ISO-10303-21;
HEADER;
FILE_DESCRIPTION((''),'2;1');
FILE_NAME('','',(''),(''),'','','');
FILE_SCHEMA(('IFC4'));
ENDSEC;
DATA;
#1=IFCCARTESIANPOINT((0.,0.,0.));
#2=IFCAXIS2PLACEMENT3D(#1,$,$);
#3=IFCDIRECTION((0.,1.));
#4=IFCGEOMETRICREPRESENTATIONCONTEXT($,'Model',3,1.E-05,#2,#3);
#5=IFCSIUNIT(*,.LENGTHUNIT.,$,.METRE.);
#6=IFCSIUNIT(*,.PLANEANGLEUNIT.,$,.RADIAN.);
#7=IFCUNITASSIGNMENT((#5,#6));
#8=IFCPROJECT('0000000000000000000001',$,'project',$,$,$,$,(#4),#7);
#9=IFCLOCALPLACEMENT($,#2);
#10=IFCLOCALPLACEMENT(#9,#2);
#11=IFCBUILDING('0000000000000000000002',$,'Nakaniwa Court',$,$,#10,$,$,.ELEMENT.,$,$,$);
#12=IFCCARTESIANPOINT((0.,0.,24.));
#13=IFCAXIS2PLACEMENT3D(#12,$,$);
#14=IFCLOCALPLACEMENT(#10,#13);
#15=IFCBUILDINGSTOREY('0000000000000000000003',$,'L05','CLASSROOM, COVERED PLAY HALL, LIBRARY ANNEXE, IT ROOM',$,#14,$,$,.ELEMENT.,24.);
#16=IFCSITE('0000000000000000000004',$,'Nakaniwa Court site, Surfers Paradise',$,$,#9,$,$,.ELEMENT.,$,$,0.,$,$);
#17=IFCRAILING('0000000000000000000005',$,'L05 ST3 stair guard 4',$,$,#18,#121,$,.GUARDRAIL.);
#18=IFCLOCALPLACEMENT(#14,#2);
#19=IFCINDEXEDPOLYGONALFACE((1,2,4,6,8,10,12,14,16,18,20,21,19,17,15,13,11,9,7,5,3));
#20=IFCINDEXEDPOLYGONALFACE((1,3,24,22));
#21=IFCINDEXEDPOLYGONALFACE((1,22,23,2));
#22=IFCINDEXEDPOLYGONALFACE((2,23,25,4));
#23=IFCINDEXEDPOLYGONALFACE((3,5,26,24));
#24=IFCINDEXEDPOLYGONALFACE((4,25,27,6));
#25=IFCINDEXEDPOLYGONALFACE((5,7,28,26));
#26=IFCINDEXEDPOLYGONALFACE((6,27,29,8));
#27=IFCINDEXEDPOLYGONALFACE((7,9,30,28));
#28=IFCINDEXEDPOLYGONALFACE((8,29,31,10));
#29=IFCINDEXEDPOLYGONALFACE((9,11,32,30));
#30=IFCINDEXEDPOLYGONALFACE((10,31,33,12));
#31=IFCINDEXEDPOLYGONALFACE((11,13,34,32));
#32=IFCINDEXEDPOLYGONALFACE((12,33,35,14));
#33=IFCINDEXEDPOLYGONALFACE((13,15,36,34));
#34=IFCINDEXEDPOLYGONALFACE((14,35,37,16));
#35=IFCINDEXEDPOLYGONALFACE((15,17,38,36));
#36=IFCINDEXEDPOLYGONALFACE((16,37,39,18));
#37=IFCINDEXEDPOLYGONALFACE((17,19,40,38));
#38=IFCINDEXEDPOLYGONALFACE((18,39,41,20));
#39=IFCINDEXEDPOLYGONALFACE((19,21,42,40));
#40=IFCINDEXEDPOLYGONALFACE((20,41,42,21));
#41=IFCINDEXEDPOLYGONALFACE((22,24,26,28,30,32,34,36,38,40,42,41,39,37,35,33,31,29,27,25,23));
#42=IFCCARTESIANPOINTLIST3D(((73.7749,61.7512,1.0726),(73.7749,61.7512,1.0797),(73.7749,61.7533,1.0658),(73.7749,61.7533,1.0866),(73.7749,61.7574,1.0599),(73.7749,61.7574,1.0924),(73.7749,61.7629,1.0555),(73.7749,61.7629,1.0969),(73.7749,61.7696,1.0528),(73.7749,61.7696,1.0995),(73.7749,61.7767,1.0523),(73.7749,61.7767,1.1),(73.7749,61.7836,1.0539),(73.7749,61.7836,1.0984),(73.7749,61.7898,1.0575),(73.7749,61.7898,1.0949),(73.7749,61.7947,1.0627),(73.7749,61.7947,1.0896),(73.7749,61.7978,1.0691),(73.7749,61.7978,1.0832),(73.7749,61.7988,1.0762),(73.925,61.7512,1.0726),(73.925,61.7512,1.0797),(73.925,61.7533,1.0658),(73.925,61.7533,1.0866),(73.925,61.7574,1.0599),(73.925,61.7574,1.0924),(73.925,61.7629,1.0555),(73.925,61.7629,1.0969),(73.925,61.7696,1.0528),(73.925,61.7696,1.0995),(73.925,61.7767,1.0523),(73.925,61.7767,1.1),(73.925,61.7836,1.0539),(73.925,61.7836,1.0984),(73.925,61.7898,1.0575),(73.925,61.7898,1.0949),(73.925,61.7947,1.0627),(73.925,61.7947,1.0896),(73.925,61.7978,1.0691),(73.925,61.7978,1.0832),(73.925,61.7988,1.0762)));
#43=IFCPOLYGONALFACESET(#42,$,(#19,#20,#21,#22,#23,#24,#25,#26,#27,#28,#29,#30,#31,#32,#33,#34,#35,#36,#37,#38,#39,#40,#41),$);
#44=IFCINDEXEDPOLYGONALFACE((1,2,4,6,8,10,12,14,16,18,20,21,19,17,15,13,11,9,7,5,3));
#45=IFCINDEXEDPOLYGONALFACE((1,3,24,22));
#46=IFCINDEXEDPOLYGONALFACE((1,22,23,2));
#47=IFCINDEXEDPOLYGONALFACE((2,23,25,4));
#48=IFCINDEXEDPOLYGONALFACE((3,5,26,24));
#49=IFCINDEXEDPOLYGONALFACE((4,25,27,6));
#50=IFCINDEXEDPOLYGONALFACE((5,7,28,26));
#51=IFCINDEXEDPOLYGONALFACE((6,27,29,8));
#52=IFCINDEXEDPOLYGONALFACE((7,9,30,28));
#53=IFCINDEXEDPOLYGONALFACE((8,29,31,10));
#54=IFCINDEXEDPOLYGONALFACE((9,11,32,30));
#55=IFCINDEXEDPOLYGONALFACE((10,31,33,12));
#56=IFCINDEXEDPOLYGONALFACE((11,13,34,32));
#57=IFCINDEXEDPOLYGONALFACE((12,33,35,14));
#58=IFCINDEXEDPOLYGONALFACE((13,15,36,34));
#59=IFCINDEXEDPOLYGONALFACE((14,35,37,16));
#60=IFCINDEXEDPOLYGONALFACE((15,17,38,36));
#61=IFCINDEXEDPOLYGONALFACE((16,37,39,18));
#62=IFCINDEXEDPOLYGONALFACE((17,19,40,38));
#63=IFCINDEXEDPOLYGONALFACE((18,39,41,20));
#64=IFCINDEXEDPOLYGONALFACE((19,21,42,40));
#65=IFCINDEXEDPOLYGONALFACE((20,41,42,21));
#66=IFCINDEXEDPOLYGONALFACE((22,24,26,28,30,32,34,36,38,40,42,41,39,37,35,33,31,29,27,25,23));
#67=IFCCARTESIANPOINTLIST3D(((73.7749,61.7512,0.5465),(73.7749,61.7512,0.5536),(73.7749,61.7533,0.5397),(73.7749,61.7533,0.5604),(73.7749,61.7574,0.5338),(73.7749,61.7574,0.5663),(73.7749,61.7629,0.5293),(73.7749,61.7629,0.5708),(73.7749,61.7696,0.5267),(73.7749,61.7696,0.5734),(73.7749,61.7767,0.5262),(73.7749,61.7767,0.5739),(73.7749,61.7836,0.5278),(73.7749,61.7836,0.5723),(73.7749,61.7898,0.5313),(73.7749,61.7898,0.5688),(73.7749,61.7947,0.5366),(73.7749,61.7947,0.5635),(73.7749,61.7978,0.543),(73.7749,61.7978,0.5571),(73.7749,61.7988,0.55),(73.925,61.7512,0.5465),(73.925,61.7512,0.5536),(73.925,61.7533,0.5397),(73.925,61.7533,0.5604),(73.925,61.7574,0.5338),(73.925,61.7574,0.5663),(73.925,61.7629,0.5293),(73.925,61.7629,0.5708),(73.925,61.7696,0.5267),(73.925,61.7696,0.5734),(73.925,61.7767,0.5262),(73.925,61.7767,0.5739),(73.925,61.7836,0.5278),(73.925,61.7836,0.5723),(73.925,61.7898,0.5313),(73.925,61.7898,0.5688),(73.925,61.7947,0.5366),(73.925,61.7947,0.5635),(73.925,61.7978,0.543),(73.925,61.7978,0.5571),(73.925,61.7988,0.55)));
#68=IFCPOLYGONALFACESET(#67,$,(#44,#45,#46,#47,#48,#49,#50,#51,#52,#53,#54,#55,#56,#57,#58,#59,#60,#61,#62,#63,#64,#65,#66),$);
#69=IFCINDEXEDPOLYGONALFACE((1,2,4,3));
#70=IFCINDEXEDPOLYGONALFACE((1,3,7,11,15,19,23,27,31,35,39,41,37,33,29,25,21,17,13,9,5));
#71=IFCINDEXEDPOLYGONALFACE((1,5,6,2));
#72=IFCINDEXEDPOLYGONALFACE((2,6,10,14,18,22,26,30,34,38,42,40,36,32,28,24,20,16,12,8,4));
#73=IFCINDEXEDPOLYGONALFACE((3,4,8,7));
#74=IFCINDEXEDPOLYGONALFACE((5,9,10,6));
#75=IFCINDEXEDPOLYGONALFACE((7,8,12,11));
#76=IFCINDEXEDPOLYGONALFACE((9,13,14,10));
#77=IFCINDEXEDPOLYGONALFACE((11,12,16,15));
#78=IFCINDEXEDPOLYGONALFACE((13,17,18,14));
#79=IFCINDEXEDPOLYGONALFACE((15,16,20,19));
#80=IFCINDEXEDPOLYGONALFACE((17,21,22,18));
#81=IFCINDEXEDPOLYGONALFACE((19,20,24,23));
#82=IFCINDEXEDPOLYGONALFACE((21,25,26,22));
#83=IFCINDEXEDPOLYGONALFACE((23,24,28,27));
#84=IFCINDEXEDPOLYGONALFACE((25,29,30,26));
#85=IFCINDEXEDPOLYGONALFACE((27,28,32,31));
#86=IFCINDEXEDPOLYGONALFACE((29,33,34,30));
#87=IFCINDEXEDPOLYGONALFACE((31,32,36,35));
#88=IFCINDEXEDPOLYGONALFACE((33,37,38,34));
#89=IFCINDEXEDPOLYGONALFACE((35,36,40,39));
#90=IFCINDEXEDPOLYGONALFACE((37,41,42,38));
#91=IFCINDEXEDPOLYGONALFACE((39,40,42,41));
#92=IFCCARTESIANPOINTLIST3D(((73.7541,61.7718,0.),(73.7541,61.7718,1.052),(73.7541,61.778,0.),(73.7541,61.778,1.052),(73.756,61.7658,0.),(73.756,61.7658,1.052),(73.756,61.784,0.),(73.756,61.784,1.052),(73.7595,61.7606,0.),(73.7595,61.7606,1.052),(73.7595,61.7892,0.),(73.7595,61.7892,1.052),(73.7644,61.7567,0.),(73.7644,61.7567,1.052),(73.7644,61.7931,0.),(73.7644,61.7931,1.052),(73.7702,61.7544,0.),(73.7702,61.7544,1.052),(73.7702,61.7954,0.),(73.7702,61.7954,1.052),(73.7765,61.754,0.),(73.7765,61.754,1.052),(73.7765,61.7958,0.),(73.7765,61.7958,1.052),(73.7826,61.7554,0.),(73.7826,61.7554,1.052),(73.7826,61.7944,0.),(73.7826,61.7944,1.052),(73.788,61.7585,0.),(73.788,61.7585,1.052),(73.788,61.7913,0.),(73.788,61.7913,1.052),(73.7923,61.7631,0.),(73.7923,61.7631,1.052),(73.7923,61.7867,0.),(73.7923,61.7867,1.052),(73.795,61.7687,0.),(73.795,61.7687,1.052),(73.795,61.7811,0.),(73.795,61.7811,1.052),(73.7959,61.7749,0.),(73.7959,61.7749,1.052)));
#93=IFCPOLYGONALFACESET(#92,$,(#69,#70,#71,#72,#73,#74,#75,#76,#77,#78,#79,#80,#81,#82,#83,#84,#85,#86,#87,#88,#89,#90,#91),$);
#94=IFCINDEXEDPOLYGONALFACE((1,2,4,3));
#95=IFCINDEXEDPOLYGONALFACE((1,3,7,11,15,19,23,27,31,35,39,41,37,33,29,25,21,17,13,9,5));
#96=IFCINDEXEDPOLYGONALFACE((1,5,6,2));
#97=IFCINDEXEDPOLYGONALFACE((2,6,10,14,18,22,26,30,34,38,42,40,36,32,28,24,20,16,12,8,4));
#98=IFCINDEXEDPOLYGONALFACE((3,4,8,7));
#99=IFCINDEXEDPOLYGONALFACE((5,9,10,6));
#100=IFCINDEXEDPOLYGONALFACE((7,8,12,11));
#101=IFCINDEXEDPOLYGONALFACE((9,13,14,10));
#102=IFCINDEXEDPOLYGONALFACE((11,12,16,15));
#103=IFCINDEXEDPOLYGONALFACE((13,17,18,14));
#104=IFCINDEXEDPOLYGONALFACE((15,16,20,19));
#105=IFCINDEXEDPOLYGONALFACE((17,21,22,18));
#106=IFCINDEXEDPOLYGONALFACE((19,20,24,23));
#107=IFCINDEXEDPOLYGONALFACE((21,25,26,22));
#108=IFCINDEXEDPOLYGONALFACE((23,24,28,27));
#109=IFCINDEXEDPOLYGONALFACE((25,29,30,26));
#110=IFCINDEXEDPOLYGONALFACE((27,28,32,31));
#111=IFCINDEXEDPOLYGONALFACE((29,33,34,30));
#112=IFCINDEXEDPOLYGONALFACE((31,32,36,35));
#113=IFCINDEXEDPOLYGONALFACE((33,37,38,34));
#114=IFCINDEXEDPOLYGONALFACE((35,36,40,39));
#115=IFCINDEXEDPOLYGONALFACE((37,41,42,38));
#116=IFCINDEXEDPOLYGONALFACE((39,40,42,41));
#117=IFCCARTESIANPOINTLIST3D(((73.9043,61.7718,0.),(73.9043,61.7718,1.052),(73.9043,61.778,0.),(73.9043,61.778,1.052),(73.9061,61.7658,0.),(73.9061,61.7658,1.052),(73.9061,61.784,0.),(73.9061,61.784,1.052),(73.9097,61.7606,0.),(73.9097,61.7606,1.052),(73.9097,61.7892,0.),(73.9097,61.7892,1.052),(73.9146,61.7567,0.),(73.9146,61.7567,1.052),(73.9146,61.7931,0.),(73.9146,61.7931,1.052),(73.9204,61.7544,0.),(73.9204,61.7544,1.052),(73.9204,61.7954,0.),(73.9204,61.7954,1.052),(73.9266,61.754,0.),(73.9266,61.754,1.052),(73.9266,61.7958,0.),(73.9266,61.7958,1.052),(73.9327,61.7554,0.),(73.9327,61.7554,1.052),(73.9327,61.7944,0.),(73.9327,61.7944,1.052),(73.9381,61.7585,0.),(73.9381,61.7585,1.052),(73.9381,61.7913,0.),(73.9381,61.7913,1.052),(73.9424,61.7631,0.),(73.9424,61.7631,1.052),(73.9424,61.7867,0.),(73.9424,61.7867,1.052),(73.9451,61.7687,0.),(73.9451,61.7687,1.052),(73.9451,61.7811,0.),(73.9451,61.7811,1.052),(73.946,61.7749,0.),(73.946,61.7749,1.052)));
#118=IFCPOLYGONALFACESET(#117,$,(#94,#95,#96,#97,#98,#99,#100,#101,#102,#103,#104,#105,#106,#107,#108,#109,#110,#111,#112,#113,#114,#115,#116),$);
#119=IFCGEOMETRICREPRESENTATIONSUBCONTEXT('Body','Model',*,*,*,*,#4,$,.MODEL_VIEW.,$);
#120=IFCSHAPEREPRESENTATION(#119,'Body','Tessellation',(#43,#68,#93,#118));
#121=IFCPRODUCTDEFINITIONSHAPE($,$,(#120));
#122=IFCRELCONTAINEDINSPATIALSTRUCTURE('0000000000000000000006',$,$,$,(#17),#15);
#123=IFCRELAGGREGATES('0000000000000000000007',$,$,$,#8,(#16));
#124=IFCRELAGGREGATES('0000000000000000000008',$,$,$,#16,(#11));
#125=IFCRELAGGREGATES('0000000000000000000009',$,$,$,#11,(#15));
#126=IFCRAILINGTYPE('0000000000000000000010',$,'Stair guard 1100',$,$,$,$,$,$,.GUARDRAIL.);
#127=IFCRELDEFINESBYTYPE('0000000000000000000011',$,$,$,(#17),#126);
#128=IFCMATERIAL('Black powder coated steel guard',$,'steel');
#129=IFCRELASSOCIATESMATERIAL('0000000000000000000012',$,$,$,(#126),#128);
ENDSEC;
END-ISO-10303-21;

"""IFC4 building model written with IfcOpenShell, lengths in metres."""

from ifc_helpers import new_model, si_unit, direction, frame, origin, origin_2d, place, context, subcontext, project, spatial, circle, extrude, material, type_object, element, save


model = new_model("IFC4")

# Units and contexts
model_context = context("Model", 3, precision=1e-05, world=origin(), true_north=direction((0.0, 1.0)))
body_context = subcontext(model_context, "Body", "Model", "MODEL_VIEW")
ifc_project = project(units=[si_unit("LENGTHUNIT", "METRE"), si_unit("PLANEANGLEUNIT", "RADIAN")], contexts=[model_context])

# Site, building, storey
site_placement = place(None, origin())
site = spatial("IfcSite", under=ifc_project, at=site_placement, Name="Nakaniwa Court site, Surfers Paradise", CompositionType="ELEMENT", RefElevation=0.0)
building_placement = place(site_placement, origin())
building = spatial("IfcBuilding", under=site, at=building_placement, Name="Nakaniwa Court", CompositionType="ELEMENT")
storey_placement = place(building_placement, frame((0.0, 0.0, 24.0)))
storey = spatial("IfcBuildingStorey", under=building, at=storey_placement, Name="L05", Description="CLASSROOM, COVERED PLAY HALL, LIBRARY ANNEXE, IT ROOM", CompositionType="ELEMENT", Elevation=24.0)

# Railing
ifc_material_1 = material(Name="Black powder coated steel guard", Category="steel")
railing_type_1 = type_object("IfcRailingType", Name="Stair guard 1100", PredefinedType="GUARDRAIL", material=ifc_material_1)
railing_1_placement = place(storey_placement, frame((73.7749, 61.7749, 0.0)))
element("IfcRailing", 1, at=railing_1_placement, inside=storey, type_object=railing_type_1, Name="L05 ST3 stair guard 4", PredefinedType="GUARDRAIL", context=body_context, shape_type="SweptSolid", body=[
    extrude(circle(Radius=0.0239, at=origin_2d()), frame((0.0, 0.0, 1.0762), z_axis=(1.0, 0.0, 0.0), x_axis=(0.0, 1.0, 0.0)), (0.0, 0.0, 1.0), 0.1501),
    extrude(circle(Radius=0.0239, at=origin_2d()), frame((0.0, 0.0, 0.55), z_axis=(1.0, 0.0, 0.0), x_axis=(0.0, 1.0, 0.0)), (0.0, 0.0, 1.0), 0.1501),
    extrude(circle(Radius=0.021, at=origin_2d()), origin(), (0.0, 0.0, 1.0), 1.052),
    extrude(circle(Radius=0.021, at=origin_2d()), frame((0.1501, 0.0, 0.0)), (0.0, 0.0, 1.0), 1.052),
])

save(model, "model.ifc")
